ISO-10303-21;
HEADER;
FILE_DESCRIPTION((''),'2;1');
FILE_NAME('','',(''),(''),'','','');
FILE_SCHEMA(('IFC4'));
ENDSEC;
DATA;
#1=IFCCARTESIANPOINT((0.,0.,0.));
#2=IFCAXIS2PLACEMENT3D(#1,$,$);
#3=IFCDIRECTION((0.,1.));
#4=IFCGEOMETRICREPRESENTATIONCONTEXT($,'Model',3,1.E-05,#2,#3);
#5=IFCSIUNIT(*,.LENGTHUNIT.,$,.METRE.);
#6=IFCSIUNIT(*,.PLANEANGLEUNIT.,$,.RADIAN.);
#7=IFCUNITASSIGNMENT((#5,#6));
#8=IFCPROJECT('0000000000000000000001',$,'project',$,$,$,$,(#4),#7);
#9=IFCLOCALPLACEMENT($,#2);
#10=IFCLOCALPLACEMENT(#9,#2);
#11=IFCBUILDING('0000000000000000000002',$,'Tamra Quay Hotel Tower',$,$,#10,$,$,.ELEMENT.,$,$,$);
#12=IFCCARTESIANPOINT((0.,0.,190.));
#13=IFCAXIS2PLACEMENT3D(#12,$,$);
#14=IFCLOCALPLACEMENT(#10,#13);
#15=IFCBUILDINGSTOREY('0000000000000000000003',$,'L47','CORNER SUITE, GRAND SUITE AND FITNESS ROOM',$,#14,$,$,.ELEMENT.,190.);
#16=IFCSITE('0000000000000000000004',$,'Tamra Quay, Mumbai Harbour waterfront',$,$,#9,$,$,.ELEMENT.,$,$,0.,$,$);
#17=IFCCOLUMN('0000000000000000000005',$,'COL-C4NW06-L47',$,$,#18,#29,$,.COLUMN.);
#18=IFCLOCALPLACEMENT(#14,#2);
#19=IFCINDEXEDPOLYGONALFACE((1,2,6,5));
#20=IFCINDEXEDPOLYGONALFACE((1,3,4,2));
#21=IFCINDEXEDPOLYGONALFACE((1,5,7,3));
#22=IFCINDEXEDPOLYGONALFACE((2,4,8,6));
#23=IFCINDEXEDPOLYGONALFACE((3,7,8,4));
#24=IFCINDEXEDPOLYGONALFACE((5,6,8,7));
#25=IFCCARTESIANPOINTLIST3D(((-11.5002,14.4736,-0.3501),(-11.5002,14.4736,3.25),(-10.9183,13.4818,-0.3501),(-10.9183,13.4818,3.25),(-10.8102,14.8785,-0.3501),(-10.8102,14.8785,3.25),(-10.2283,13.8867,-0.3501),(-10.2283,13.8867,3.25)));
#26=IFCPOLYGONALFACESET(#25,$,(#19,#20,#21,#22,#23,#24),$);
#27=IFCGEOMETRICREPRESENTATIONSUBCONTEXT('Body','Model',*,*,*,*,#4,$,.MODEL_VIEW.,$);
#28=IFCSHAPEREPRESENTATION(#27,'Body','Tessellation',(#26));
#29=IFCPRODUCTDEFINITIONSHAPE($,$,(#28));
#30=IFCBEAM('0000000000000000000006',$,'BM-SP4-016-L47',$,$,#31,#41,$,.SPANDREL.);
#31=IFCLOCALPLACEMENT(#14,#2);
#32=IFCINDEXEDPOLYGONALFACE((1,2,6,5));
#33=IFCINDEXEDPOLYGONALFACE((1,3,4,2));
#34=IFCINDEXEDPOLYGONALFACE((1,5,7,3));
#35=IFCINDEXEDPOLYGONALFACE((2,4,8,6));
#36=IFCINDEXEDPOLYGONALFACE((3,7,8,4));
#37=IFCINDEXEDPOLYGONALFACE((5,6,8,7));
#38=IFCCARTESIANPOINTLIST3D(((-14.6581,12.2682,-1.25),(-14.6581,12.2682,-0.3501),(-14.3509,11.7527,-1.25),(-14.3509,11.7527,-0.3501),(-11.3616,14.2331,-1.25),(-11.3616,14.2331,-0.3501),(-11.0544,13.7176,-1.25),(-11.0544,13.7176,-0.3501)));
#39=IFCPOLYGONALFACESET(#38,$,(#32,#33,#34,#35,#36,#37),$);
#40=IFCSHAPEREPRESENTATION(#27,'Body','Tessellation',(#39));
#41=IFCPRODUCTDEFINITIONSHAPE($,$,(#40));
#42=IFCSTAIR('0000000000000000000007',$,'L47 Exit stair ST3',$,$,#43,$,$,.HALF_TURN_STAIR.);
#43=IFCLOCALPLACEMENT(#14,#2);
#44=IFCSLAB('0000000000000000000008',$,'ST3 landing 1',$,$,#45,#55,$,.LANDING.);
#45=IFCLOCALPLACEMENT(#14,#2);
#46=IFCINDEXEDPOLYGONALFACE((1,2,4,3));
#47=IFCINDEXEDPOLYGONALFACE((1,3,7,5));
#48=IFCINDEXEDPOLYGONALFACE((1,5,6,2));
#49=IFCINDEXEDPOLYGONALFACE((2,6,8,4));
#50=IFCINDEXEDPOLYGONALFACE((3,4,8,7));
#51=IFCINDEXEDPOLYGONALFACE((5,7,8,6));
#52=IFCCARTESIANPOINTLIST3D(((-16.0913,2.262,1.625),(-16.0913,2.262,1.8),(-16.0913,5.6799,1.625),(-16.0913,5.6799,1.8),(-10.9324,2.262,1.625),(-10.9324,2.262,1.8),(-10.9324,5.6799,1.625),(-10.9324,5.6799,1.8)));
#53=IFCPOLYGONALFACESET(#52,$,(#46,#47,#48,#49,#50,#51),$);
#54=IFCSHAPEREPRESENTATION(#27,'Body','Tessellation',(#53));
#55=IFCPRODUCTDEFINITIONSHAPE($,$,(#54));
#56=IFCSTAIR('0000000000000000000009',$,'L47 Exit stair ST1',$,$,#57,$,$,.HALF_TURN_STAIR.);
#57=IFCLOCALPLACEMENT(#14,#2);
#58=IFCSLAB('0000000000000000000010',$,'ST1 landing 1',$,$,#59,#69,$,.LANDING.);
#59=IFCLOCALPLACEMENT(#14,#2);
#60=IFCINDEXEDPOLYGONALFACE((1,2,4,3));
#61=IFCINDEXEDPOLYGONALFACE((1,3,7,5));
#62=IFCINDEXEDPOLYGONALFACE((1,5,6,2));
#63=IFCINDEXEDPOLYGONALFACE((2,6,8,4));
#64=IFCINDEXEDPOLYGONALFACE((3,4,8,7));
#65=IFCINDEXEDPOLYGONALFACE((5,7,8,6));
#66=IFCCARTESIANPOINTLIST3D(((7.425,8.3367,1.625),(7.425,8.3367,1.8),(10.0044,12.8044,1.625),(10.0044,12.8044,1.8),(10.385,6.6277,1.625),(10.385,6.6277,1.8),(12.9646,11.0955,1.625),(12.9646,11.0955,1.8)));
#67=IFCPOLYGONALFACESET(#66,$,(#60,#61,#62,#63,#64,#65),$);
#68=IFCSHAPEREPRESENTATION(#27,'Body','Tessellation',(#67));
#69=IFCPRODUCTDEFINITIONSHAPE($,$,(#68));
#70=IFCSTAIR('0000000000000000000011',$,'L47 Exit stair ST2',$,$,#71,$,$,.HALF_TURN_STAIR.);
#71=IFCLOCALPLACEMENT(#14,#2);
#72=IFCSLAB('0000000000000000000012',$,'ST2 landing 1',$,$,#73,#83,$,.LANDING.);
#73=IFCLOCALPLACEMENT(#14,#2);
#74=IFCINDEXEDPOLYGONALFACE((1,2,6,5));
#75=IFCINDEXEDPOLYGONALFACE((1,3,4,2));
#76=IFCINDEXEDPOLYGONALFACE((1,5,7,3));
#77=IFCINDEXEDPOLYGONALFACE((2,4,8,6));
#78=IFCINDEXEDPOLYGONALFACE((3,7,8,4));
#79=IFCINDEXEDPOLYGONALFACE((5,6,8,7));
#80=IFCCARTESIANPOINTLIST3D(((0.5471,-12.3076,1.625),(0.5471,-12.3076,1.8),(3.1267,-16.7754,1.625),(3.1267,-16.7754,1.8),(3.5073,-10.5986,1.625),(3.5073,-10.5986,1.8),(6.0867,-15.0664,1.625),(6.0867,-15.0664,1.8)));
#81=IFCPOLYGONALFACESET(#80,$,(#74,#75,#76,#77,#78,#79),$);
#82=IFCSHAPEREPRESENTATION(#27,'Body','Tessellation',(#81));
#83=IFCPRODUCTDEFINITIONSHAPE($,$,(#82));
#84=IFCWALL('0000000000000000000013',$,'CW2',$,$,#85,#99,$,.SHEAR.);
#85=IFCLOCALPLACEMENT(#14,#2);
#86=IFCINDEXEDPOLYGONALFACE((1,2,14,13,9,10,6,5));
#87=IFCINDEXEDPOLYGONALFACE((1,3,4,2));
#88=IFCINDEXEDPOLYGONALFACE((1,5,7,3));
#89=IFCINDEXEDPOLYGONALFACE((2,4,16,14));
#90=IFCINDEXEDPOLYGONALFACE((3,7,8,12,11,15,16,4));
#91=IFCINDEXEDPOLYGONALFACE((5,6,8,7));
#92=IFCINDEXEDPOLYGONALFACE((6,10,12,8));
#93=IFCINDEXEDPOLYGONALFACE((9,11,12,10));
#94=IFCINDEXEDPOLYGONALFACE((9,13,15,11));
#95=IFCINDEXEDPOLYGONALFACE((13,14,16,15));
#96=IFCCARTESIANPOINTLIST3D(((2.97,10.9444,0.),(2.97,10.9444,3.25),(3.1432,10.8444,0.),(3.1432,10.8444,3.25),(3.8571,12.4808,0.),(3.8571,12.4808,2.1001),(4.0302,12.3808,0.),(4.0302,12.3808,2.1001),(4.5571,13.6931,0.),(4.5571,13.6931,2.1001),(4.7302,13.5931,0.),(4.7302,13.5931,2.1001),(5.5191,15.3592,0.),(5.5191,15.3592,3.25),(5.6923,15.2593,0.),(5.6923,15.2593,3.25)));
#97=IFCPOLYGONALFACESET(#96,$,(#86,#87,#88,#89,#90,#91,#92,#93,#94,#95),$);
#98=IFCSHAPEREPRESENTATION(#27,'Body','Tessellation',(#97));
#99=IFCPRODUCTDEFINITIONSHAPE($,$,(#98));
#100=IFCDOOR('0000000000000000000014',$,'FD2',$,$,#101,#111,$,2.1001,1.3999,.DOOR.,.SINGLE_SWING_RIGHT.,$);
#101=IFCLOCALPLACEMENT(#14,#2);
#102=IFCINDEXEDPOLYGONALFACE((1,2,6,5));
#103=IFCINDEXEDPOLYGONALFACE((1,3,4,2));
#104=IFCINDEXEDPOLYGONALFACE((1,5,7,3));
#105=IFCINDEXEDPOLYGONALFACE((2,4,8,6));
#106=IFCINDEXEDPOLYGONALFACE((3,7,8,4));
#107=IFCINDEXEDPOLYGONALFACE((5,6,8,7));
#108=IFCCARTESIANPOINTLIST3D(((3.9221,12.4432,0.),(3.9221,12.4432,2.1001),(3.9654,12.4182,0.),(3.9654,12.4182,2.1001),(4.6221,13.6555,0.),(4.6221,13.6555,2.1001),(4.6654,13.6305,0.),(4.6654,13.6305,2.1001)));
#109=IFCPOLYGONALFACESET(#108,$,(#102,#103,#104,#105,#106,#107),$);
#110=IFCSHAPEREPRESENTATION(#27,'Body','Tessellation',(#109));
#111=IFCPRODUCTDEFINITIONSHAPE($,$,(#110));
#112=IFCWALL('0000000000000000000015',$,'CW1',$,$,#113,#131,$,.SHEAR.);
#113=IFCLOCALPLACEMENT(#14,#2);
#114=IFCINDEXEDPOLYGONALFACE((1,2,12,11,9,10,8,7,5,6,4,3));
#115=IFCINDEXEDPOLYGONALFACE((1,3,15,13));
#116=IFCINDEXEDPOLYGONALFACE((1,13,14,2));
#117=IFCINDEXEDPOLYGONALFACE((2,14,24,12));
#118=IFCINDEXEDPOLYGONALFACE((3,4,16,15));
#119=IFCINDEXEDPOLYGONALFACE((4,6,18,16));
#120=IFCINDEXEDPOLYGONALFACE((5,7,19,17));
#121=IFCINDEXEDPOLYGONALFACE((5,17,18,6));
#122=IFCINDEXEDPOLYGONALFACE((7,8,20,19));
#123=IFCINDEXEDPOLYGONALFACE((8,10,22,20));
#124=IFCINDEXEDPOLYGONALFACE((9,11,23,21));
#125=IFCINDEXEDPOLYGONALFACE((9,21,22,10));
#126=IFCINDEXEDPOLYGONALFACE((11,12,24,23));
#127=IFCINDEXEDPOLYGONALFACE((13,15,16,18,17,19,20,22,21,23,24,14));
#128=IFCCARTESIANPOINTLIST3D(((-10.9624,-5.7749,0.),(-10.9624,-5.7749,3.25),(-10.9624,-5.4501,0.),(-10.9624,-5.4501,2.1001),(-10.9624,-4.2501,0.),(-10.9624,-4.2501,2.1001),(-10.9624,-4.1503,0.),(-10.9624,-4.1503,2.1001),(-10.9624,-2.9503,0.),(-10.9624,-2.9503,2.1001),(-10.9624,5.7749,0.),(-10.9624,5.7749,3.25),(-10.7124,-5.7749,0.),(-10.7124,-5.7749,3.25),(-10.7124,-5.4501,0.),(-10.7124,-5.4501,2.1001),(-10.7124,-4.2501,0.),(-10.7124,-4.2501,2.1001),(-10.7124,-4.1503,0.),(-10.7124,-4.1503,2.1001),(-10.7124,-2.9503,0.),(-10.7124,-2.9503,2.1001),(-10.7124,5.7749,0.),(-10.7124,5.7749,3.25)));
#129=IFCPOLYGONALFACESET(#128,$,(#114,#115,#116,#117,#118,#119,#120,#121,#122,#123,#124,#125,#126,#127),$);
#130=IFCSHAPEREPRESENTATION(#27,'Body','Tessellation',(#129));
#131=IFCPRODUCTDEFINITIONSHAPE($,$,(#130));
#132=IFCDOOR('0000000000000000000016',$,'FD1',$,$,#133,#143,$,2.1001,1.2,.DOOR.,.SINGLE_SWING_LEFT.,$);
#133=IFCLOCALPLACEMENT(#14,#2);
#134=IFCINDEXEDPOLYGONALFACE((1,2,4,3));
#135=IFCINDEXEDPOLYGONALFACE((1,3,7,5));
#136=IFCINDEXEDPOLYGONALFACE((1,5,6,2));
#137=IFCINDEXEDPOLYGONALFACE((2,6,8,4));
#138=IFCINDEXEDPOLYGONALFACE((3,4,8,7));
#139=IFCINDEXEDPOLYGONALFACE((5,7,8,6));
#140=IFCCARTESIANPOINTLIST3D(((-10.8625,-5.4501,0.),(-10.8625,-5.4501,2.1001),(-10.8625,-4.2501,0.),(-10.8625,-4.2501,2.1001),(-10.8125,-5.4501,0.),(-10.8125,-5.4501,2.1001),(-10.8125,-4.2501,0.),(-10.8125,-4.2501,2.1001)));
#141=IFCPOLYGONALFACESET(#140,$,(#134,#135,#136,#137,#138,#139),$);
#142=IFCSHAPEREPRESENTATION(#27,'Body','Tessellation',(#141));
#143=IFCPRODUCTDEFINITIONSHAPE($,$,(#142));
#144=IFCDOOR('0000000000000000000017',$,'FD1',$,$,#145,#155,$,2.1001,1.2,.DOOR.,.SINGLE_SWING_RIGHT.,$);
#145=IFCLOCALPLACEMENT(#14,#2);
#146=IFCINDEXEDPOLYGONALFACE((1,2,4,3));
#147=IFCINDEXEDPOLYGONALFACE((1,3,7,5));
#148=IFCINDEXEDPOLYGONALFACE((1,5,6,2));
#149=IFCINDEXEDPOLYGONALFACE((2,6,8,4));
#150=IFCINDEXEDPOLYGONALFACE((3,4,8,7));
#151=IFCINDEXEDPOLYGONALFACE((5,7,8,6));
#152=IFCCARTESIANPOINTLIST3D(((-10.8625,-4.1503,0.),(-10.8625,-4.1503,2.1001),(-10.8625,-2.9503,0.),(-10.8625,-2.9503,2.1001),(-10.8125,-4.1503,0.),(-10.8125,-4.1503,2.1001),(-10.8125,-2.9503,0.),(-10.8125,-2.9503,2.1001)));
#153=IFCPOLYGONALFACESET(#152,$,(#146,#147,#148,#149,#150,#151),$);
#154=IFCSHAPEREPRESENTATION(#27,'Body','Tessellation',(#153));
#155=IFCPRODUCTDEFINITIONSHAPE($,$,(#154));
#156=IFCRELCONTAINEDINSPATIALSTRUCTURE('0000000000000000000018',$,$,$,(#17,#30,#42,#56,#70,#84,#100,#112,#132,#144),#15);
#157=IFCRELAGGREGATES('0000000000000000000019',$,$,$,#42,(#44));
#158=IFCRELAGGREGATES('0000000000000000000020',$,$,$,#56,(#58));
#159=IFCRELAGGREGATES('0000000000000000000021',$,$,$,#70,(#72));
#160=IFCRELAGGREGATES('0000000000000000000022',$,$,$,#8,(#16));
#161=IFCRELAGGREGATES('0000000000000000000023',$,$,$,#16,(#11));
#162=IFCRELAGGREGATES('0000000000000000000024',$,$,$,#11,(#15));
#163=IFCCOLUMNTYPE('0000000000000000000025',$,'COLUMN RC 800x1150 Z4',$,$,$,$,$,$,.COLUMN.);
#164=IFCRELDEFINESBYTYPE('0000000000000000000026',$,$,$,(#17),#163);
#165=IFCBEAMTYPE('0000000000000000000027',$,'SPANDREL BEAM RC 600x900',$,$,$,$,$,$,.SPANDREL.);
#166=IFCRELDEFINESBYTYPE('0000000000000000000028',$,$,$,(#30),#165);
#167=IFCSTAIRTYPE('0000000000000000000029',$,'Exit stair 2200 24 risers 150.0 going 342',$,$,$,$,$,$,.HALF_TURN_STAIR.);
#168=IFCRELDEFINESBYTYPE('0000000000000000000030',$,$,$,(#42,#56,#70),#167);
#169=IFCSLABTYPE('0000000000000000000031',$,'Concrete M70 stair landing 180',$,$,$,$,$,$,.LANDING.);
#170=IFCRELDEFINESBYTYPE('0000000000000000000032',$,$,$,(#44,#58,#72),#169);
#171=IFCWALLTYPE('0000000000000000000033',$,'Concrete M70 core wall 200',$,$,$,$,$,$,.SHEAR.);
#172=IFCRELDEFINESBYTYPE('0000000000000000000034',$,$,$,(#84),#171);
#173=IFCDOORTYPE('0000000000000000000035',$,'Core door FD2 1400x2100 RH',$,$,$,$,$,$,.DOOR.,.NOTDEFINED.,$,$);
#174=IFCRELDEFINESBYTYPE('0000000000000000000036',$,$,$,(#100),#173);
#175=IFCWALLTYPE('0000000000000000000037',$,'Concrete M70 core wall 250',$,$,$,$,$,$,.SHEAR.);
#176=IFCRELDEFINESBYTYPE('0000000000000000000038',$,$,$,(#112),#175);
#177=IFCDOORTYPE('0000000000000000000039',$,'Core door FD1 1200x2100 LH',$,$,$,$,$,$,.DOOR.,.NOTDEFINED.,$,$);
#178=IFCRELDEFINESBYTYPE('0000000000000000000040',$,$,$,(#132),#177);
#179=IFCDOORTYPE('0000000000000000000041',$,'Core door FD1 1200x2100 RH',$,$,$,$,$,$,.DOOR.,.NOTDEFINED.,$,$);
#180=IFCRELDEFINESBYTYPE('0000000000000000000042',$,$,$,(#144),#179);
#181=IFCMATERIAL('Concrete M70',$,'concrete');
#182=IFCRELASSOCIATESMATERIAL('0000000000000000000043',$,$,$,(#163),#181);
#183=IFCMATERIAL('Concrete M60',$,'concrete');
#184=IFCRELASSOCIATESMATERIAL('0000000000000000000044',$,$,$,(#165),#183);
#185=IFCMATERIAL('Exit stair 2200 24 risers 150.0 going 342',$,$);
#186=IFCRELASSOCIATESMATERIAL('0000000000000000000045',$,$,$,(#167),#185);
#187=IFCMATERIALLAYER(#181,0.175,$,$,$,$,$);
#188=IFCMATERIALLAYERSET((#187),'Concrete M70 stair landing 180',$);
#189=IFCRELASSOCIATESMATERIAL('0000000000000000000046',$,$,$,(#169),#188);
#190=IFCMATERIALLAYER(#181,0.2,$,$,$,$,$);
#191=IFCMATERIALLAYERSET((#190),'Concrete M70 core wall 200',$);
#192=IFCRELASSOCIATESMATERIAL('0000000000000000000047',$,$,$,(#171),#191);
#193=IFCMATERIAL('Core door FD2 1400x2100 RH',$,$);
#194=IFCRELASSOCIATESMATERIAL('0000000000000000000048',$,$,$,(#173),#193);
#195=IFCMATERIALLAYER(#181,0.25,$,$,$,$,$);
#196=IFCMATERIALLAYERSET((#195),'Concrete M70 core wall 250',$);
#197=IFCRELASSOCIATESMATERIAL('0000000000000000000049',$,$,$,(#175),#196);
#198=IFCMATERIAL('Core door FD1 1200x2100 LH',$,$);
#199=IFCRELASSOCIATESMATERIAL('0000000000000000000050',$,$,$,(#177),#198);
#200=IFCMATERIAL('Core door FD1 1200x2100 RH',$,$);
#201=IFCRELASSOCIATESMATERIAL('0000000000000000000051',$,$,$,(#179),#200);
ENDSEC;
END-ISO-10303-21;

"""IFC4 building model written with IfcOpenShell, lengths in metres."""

from ifc_helpers import new_model, si_unit, direction, frame, frame_2d, origin, origin_2d, place, context, subcontext, project, spatial, polyline, rectangle, outline, extrude, material, layer, layer_set, material_profile, profile_set, type_object, element, fill, aggregate, save


model = new_model("IFC4")

# Units and contexts
model_context = context("Model", 3, precision=1e-05, world=origin(), true_north=direction((0.0, 1.0)))
body_context = subcontext(model_context, "Body", "Model", "MODEL_VIEW")
ifc_project = project(units=[si_unit("LENGTHUNIT", "METRE"), si_unit("PLANEANGLEUNIT", "RADIAN")], contexts=[model_context])

# Site, building, storey
site_placement = place(None, origin())
site = spatial("IfcSite", under=ifc_project, at=site_placement, Name="Tamra Quay, Mumbai Harbour waterfront", CompositionType="ELEMENT", RefElevation=0.0)
building_placement = place(site_placement, origin())
building = spatial("IfcBuilding", under=site, at=building_placement, Name="Tamra Quay Hotel Tower", CompositionType="ELEMENT")
storey_placement = place(building_placement, frame((0.0, 0.0, 190.0)))
storey = spatial("IfcBuildingStorey", under=building, at=storey_placement, Name="L47", Description="CORNER SUITE, GRAND SUITE AND FITNESS ROOM", CompositionType="ELEMENT", Elevation=190.0)

# Column
ifc_material_1 = material(Name="Concrete M70", Category="concrete")
ifc_material_profile_1 = material_profile(ifc_material_1, rectangle(XDim=1.1499, YDim=0.8, at=origin_2d()), Name="COLUMN RC 800x1150 Z4")
ifc_profile_set_1 = profile_set([ifc_material_profile_1], Name="Concrete M70")
column_type = type_object("IfcColumnType", Name="COLUMN RC 800x1150 Z4", PredefinedType="COLUMN", material=ifc_profile_set_1)
column_placement = place(storey_placement, frame((-10.8643, 14.1802, -0.3501), z_axis=(0.0, 0.0, 1.0), x_axis=(-0.506085, 0.862484, 0.0)))
element("IfcColumn", 1, at=column_placement, inside=storey, type_object=column_type, Name="COL-C4NW06-L47", PredefinedType="COLUMN", context=body_context, shape_type="SweptSolid", body=[
    extrude(rectangle(XDim=1.1499, YDim=0.8, at=origin_2d()), origin(), (0.0, 0.0, 1.0), 3.6001),
])

# Beam
ifc_material_2 = material(Name="Concrete M60", Category="concrete")
ifc_material_profile_2 = material_profile(ifc_material_2, rectangle(XDim=0.6001, YDim=0.8999, at=origin_2d()), Name="SPANDREL BEAM RC 600x900")
ifc_profile_set_2 = profile_set([ifc_material_profile_2], Name="Concrete M60")
beam_type = type_object("IfcBeamType", Name="SPANDREL BEAM RC 600x900", PredefinedType="SPANDREL", material=ifc_profile_set_2)
beam_placement = place(storey_placement, frame((-11.208, 13.9753, -0.8), z_axis=(-0.858982, -0.512005, 0.0), x_axis=(0.512005, -0.858982, 0.0)))
element("IfcBeam", 2, at=beam_placement, inside=storey, type_object=beam_type, Name="BM-SP4-016-L47", PredefinedType="SPANDREL", context=body_context, shape_type="SweptSolid", body=[
    extrude(rectangle(XDim=0.6001, YDim=0.8999, at=origin_2d()), origin(), (0.0, 0.0, 1.0), 3.8376),
])

# Stairs, slabs
ifc_material_3 = material(Name="Exit stair 2200 24 risers 150.0 going 342")
stair_type = type_object("IfcStairType", Name="Exit stair 2200 24 risers 150.0 going 342", PredefinedType="HALF_TURN_STAIR", material=ifc_material_3)
stair_1_placement = place(storey_placement, origin())
stair_1 = element("IfcStair", 3, at=stair_1_placement, inside=storey, type_object=stair_type, Name="L47 Exit stair ST3", PredefinedType="HALF_TURN_STAIR")
ifc_layer_1 = layer(ifc_material_1, 0.175)
ifc_layer_set_1 = layer_set([ifc_layer_1], Name="Concrete M70 stair landing 180")
slab_type = type_object("IfcSlabType", Name="Concrete M70 stair landing 180", PredefinedType="LANDING", material=ifc_layer_set_1)
slab_1_placement = place(storey_placement, frame((0.0, 0.0, 1.625)))
slab_1 = element("IfcSlab", 4, at=slab_1_placement, type_object=slab_type, Name="ST3 landing 1", PredefinedType="LANDING", context=body_context, shape_type="SweptSolid", body=[
    extrude(outline(polyline([(-10.9324, 2.262), (-10.9324, 5.6799), (-16.0913, 5.6799), (-16.0913, 2.262), (-10.9324, 2.262)])), origin(), (0.0, 0.0, 1.0), 0.175),
])
aggregate(stair_1, [slab_1])
stair_2_placement = place(storey_placement, origin())
stair_2 = element("IfcStair", 5, at=stair_2_placement, inside=storey, type_object=stair_type, Name="L47 Exit stair ST1", PredefinedType="HALF_TURN_STAIR")
slab_2_placement = place(storey_placement, frame((0.0, 0.0, 1.625)))
slab_2 = element("IfcSlab", 6, at=slab_2_placement, type_object=slab_type, Name="ST1 landing 1", PredefinedType="LANDING", context=body_context, shape_type="SweptSolid", body=[
    extrude(outline(polyline([(7.425, 8.3367), (10.385, 6.6277), (12.9646, 11.0955), (10.0044, 12.8044), (7.425, 8.3367)])), origin(), (0.0, 0.0, 1.0), 0.175),
])
aggregate(stair_2, [slab_2])
stair_3_placement = place(storey_placement, origin())
stair_3 = element("IfcStair", 7, at=stair_3_placement, inside=storey, type_object=stair_type, Name="L47 Exit stair ST2", PredefinedType="HALF_TURN_STAIR")
slab_3_placement = place(storey_placement, frame((0.0, 0.0, 1.625)))
slab_3 = element("IfcSlab", 8, at=slab_3_placement, type_object=slab_type, Name="ST2 landing 1", PredefinedType="LANDING", context=body_context, shape_type="SweptSolid", body=[
    extrude(outline(polyline([(3.5073, -10.5986), (0.5471, -12.3076), (3.1267, -16.7754), (6.0867, -15.0664), (3.5073, -10.5986)])), origin(), (0.0, 0.0, 1.0), 0.175),
])
aggregate(stair_3, [slab_3])

# Wall, opening, door
ifc_layer_2 = layer(ifc_material_1, 0.2)
ifc_layer_set_2 = layer_set([ifc_layer_2], Name="Concrete M70 core wall 200")
wall_type_1 = type_object("IfcWallType", Name="Concrete M70 core wall 200", PredefinedType="SHEAR", material=ifc_layer_set_2)
wall_1_placement = place(storey_placement, frame((3.0566, 10.8945, 0.0), z_axis=(0.0, 0.0, 1.0), x_axis=(0.500028, 0.866009, 0.0)))
wall_1 = element("IfcWall", 9, at=wall_1_placement, inside=storey, type_object=wall_type_1, Name="CW2", PredefinedType="SHEAR", context=body_context, shape_type="SweptSolid", body=[
    extrude(rectangle(XDim=5.0979, YDim=0.2, at=frame_2d((2.5488, 0.0))), origin(), (0.0, 0.0, 1.0), 3.25),
])
opening_1_placement = place(wall_1_placement, frame((1.7739, 0.0, 0.0)))
opening_1 = element("IfcOpeningElement", 10, at=opening_1_placement, cuts=wall_1, PredefinedType="OPENING", context=body_context, shape_type="SweptSolid", body=[
    extrude(rectangle(XDim=1.3999, YDim=2.1001, at=frame_2d((0.7, 1.05))), frame((0.0, 0.1099, 0.0), z_axis=(0.0, -1.0, 0.0), x_axis=(1.0, 0.0, 0.0)), (0.0, 0.0, 1.0), 0.22),
])
ifc_material_4 = material(Name="Core door FD2 1400x2100 RH")
door_type_1 = type_object("IfcDoorType", Name="Core door FD2 1400x2100 RH", OperationType="NOTDEFINED", PredefinedType="DOOR", material=ifc_material_4)
door_1_placement = place(opening_1_placement, origin())
door_1 = element("IfcDoor", 11, at=door_1_placement, inside=storey, type_object=door_type_1, Name="FD2", OperationType="SINGLE_SWING_RIGHT", OverallHeight=2.1001, OverallWidth=1.3999, PredefinedType="DOOR", context=body_context, shape_type="SweptSolid", body=[
    extrude(rectangle(XDim=1.3999, YDim=2.1001, at=frame_2d((0.7, 1.05))), frame((0.0, 0.0249, 0.0), z_axis=(0.0, -1.0, 0.0), x_axis=(1.0, 0.0, 0.0)), (0.0, 0.0, 1.0), 0.05),
])
fill(opening_1, door_1)

# Wall, openings, doors
ifc_layer_3 = layer(ifc_material_1, 0.25)
ifc_layer_set_3 = layer_set([ifc_layer_3], Name="Concrete M70 core wall 250")
wall_type_2 = type_object("IfcWallType", Name="Concrete M70 core wall 250", PredefinedType="SHEAR", material=ifc_layer_set_3)
wall_2_placement = place(storey_placement, frame((-10.8374, 5.7749, 0.0), z_axis=(0.0, 0.0, 1.0), x_axis=(0.0, -1.0, 0.0)))
wall_2 = element("IfcWall", 12, at=wall_2_placement, inside=storey, type_object=wall_type_2, Name="CW1", PredefinedType="SHEAR", context=body_context, shape_type="SweptSolid", body=[
    extrude(rectangle(XDim=11.5498, YDim=0.25, at=frame_2d((5.7749, 0.0))), origin(), (0.0, 0.0, 1.0), 3.25),
])
opening_2_placement = place(wall_2_placement, frame((10.0249, 0.0, 0.0)))
opening_2 = element("IfcOpeningElement", 13, at=opening_2_placement, cuts=wall_2, PredefinedType="OPENING", context=body_context, shape_type="SweptSolid", body=[
    extrude(rectangle(XDim=1.2, YDim=2.1001, at=frame_2d((0.6001, 1.05))), frame((0.0, 0.135, 0.0), z_axis=(0.0, -1.0, 0.0), x_axis=(1.0, 0.0, 0.0)), (0.0, 0.0, 1.0), 0.27),
])
opening_3_placement = place(wall_2_placement, frame((8.7251, 0.0, 0.0)))
opening_3 = element("IfcOpeningElement", 14, at=opening_3_placement, cuts=wall_2, PredefinedType="OPENING", context=body_context, shape_type="SweptSolid", body=[
    extrude(rectangle(XDim=1.2, YDim=2.1001, at=frame_2d((0.6001, 1.05))), frame((0.0, 0.135, 0.0), z_axis=(0.0, -1.0, 0.0), x_axis=(1.0, 0.0, 0.0)), (0.0, 0.0, 1.0), 0.27),
])
ifc_material_5 = material(Name="Core door FD1 1200x2100 LH")
door_type_2 = type_object("IfcDoorType", Name="Core door FD1 1200x2100 LH", OperationType="NOTDEFINED", PredefinedType="DOOR", material=ifc_material_5)
door_2_placement = place(opening_2_placement, origin())
door_2 = element("IfcDoor", 15, at=door_2_placement, inside=storey, type_object=door_type_2, Name="FD1", OperationType="SINGLE_SWING_LEFT", OverallHeight=2.1001, OverallWidth=1.2, PredefinedType="DOOR", context=body_context, shape_type="SweptSolid", body=[
    extrude(rectangle(XDim=1.2, YDim=2.1001, at=frame_2d((0.6001, 1.05))), frame((0.0, 0.0249, 0.0), z_axis=(0.0, -1.0, 0.0), x_axis=(1.0, 0.0, 0.0)), (0.0, 0.0, 1.0), 0.05),
])
fill(opening_2, door_2)
ifc_material_6 = material(Name="Core door FD1 1200x2100 RH")
door_type_3 = type_object("IfcDoorType", Name="Core door FD1 1200x2100 RH", OperationType="NOTDEFINED", PredefinedType="DOOR", material=ifc_material_6)
door_3_placement = place(opening_3_placement, origin())
door_3 = element("IfcDoor", 16, at=door_3_placement, inside=storey, type_object=door_type_3, Name="FD1", OperationType="SINGLE_SWING_RIGHT", OverallHeight=2.1001, OverallWidth=1.2, PredefinedType="DOOR", context=body_context, shape_type="SweptSolid", body=[
    extrude(rectangle(XDim=1.2, YDim=2.1001, at=frame_2d((0.6001, 1.05))), frame((0.0, 0.0249, 0.0), z_axis=(0.0, -1.0, 0.0), x_axis=(1.0, 0.0, 0.0)), (0.0, 0.0, 1.0), 0.05),
])
fill(opening_3, door_3)

save(model, "model.ifc")
